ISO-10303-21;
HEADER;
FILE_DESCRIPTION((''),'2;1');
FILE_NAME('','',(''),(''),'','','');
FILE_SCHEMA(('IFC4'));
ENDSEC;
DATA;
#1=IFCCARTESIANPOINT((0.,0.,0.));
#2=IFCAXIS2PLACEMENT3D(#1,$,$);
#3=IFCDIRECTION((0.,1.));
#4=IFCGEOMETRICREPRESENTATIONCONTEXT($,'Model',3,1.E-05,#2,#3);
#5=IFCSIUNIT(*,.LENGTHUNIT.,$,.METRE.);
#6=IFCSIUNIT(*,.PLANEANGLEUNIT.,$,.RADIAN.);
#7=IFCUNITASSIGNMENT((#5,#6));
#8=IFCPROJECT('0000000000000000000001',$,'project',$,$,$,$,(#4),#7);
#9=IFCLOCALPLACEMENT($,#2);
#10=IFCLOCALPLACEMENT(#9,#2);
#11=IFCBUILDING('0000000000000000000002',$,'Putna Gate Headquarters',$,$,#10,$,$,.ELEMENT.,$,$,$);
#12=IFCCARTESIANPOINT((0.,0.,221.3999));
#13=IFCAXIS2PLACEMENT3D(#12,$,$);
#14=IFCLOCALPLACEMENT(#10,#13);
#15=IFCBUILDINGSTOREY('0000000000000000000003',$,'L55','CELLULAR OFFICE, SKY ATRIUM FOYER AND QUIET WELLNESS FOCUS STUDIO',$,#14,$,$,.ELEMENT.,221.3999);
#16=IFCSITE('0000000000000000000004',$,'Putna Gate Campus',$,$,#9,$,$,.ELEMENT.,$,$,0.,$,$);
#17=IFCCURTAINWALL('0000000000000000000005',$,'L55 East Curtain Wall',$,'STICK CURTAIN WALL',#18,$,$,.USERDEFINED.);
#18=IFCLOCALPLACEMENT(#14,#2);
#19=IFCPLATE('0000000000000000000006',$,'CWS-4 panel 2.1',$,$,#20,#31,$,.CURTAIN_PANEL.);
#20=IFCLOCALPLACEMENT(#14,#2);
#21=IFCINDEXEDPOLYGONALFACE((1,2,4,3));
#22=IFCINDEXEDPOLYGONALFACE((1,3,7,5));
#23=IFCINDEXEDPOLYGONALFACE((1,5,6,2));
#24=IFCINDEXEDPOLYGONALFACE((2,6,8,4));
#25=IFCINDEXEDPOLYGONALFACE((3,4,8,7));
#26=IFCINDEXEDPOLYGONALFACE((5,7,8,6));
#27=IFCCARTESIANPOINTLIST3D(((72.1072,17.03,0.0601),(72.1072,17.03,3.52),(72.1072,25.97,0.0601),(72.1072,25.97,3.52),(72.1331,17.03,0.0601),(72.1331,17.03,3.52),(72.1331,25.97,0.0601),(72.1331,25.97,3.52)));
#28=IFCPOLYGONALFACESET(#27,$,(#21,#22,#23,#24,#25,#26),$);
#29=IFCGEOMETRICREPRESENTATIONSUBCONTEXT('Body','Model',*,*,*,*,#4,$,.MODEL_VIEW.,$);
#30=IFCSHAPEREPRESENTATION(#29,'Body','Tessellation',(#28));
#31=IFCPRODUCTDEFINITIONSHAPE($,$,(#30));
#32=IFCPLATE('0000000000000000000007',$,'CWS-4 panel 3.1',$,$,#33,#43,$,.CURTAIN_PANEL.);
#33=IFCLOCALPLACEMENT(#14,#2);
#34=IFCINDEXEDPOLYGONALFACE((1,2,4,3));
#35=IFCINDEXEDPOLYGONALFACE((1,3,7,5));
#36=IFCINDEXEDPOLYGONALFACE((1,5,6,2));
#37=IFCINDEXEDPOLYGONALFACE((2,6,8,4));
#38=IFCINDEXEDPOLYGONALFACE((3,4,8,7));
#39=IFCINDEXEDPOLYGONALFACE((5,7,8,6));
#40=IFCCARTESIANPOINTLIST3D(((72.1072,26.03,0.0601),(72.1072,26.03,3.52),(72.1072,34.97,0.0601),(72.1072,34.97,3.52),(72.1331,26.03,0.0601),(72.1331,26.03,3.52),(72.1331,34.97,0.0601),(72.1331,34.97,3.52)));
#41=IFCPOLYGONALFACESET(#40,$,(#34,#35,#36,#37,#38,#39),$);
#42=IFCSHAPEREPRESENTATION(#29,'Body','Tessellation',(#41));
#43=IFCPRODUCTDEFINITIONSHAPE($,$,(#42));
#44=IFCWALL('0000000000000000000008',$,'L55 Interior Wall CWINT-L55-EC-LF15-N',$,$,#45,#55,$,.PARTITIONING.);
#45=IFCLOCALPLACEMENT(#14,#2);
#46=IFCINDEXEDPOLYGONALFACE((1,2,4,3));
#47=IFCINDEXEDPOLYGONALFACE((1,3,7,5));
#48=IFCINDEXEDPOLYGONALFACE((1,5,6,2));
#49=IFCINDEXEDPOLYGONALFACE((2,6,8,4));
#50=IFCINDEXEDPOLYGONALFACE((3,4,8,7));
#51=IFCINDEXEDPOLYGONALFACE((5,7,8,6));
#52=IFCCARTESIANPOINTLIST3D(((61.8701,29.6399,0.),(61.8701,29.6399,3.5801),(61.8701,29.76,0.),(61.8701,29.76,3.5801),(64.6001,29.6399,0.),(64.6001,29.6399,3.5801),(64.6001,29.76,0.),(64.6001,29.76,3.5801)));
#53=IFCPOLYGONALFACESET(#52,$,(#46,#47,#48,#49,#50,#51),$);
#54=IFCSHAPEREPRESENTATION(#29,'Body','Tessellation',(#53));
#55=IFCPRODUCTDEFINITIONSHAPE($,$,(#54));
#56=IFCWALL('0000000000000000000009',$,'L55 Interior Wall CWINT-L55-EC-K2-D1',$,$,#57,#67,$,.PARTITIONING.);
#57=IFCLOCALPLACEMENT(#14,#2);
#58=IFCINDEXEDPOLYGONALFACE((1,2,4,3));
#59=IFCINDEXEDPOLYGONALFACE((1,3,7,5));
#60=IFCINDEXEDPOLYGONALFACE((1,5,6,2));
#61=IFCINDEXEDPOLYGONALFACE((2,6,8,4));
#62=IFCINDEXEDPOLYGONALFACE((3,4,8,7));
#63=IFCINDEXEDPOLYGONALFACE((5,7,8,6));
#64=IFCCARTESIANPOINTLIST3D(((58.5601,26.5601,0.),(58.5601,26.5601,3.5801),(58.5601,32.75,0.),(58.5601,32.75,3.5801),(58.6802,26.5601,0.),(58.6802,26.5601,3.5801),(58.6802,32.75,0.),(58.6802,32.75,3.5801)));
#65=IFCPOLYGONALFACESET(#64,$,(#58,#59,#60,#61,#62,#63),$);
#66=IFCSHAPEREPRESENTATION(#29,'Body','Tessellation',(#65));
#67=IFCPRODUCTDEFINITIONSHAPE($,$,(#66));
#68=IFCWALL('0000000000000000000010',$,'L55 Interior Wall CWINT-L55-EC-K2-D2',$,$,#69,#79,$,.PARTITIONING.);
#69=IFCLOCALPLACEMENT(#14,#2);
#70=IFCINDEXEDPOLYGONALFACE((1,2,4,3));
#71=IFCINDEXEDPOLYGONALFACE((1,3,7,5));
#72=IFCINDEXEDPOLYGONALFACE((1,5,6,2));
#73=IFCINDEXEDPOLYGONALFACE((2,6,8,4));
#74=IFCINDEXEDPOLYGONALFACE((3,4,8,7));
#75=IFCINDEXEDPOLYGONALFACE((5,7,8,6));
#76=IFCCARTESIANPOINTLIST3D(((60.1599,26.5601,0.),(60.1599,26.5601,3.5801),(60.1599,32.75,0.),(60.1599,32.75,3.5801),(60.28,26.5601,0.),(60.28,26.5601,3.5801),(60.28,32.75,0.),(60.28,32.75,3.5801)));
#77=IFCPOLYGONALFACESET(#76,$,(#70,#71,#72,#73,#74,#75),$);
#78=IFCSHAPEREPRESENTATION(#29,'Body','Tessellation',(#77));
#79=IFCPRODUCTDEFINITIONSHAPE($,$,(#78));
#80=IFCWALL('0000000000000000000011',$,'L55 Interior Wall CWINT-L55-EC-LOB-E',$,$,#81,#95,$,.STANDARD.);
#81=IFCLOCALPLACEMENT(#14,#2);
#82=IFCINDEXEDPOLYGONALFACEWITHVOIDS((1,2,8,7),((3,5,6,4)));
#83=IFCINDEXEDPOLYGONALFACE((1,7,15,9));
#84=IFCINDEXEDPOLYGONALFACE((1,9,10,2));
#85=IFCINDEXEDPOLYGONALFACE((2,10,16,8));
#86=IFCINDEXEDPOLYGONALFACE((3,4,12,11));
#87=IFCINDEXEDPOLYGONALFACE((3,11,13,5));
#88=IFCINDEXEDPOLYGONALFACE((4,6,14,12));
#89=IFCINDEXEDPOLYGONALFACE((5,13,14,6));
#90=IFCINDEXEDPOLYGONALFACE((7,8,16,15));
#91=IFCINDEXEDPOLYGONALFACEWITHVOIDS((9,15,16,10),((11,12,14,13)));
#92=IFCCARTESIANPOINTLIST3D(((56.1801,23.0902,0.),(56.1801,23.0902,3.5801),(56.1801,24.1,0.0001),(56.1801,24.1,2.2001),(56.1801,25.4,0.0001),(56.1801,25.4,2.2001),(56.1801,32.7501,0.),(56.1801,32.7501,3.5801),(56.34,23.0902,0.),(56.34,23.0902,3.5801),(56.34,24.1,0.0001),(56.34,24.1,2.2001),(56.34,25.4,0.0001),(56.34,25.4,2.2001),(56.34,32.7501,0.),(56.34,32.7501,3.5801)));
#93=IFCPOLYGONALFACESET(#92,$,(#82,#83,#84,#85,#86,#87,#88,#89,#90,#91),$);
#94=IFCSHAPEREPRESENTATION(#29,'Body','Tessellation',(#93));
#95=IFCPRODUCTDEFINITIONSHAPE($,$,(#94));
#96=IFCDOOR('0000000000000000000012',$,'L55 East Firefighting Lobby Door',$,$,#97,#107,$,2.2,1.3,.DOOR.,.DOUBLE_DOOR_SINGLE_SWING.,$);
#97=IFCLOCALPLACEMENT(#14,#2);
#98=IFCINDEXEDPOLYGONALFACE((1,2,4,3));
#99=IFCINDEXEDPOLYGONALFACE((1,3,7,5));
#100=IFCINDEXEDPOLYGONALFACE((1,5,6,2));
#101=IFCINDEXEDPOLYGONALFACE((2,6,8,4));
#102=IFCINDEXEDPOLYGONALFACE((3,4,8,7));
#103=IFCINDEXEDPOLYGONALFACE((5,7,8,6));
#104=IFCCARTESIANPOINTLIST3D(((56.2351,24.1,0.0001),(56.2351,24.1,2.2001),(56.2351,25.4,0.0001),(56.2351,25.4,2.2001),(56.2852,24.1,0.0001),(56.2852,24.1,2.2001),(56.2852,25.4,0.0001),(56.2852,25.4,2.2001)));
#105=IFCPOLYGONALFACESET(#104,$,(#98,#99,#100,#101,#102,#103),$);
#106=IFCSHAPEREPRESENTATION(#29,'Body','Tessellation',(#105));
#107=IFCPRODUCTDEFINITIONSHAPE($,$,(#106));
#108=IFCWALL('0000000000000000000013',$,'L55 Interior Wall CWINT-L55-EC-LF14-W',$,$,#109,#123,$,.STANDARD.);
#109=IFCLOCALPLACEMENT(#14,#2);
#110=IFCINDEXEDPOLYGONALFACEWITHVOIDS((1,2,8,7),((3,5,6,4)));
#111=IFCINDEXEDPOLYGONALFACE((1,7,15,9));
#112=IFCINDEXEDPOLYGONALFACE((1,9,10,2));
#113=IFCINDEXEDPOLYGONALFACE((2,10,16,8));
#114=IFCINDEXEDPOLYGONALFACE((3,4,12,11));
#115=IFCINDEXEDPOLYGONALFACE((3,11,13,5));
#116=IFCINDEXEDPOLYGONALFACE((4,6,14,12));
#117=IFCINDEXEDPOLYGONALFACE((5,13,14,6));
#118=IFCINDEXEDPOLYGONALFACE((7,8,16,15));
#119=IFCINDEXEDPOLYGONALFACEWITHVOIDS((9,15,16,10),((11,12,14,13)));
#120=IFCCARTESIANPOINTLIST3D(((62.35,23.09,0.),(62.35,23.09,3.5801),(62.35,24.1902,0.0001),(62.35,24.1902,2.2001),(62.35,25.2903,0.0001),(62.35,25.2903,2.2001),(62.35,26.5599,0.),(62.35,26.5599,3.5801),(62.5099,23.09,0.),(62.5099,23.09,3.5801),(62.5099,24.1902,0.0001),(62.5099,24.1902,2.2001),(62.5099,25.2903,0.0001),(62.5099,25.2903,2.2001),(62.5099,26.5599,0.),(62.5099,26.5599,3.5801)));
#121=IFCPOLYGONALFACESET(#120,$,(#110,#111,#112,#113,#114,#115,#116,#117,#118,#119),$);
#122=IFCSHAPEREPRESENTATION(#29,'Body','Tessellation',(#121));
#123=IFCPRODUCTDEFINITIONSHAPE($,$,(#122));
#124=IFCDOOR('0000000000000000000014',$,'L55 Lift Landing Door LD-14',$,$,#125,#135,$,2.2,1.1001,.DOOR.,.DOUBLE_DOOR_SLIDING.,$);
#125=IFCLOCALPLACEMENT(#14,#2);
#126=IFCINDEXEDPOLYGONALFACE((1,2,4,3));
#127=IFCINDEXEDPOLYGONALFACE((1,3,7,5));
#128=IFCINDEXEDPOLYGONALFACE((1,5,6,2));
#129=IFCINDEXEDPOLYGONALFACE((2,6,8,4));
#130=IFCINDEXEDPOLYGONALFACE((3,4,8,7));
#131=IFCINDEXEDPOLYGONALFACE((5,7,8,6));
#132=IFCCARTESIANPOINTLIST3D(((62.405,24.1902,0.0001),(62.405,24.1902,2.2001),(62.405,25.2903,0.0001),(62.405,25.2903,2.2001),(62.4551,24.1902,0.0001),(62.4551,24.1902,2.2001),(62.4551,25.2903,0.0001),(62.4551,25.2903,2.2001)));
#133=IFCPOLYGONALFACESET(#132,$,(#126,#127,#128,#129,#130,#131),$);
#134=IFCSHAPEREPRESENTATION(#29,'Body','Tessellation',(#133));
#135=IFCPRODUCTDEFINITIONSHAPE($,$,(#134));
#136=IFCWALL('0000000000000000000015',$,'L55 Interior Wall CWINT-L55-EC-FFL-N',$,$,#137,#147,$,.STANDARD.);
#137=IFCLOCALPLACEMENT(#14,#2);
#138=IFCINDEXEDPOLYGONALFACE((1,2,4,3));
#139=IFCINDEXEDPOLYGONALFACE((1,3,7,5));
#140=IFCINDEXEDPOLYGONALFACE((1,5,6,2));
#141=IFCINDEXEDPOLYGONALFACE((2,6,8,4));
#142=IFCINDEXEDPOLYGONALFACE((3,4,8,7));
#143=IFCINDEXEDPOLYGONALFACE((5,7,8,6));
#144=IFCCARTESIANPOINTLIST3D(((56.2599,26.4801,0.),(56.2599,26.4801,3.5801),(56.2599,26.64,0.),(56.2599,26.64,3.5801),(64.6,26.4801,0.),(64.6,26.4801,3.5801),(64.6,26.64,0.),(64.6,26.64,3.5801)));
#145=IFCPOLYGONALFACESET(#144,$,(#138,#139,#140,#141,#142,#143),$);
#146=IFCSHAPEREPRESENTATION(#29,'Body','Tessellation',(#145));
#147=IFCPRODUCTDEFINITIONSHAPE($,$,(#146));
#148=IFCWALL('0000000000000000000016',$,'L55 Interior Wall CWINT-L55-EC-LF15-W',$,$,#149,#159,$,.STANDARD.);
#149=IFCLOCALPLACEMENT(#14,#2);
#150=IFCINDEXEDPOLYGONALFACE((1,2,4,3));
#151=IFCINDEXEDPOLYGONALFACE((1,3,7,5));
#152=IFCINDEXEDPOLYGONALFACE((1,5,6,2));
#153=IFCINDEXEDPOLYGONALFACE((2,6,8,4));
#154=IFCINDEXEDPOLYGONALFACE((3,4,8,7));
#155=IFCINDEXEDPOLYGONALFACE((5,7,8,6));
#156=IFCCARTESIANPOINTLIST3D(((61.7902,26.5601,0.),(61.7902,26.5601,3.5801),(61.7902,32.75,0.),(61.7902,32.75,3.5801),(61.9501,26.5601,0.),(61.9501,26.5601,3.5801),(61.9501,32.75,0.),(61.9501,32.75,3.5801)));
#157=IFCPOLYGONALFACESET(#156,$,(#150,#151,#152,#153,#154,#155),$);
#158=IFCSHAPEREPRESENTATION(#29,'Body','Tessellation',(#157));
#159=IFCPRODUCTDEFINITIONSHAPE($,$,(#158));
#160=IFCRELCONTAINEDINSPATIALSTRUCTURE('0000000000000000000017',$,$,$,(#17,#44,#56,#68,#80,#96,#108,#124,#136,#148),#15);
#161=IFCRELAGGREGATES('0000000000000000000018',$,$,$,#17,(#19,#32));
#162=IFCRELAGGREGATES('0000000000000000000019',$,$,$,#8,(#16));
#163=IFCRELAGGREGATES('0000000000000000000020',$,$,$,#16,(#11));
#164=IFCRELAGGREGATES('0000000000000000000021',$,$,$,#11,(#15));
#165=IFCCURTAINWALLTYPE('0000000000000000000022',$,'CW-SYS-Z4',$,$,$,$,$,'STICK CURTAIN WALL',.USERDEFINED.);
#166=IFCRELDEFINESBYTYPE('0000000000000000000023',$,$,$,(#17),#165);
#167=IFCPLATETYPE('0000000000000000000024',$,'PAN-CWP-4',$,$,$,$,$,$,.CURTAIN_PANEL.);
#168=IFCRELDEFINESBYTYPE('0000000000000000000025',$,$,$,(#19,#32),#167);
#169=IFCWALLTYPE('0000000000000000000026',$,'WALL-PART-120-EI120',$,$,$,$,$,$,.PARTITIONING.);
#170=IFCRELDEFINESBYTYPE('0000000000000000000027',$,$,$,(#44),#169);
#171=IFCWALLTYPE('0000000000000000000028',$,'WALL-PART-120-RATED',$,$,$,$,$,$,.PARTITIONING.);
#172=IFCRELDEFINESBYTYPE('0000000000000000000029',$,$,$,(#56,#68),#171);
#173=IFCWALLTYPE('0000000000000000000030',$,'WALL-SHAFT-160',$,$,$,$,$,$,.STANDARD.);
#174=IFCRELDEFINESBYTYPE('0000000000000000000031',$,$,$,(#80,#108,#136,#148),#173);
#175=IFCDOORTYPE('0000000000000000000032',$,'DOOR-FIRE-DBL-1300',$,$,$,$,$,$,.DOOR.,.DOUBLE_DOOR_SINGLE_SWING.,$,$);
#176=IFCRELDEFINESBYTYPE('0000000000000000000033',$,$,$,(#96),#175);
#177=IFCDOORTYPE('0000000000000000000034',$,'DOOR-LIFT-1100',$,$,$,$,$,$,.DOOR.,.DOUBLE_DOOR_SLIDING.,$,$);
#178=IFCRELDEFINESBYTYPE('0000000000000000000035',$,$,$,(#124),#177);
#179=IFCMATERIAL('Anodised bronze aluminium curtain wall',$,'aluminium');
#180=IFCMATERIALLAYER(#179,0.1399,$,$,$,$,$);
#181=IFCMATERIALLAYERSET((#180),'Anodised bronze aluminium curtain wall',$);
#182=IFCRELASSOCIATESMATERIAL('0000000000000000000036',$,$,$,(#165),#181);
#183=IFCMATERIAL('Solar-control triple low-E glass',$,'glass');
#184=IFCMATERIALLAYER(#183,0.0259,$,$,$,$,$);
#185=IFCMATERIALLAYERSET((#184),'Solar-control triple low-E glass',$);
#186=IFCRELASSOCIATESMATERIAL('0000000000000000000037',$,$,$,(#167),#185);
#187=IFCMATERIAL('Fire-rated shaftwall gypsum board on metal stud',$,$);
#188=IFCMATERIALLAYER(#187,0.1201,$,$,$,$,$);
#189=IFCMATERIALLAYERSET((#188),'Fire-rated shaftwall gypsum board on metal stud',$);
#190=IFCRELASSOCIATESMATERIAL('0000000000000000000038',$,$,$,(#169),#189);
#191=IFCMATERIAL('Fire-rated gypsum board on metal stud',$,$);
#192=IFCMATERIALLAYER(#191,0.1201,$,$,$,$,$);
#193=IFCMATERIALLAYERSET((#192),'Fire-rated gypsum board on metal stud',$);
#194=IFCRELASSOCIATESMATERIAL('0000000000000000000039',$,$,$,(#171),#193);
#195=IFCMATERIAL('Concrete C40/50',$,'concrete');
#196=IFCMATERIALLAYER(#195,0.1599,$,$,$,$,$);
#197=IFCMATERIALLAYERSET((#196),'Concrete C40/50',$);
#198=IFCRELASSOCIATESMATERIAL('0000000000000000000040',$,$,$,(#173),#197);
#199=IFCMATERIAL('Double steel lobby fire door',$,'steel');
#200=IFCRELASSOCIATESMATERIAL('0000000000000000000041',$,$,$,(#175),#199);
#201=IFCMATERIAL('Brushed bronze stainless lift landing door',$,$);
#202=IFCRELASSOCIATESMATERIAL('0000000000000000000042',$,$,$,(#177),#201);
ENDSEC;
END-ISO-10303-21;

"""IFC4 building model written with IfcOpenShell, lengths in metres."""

from ifc_helpers import new_model, si_unit, direction, frame, frame_2d, origin, origin_2d, place, context, subcontext, project, spatial, rectangle, extrude, material, layer, layer_set, type_object, element, fill, aggregate, save


model = new_model("IFC4")

# Units and contexts
model_context = context("Model", 3, precision=1e-05, world=origin(), true_north=direction((0.0, 1.0)))
body_context = subcontext(model_context, "Body", "Model", "MODEL_VIEW")
ifc_project = project(units=[si_unit("LENGTHUNIT", "METRE"), si_unit("PLANEANGLEUNIT", "RADIAN")], contexts=[model_context])

# Site, building, storey
site_placement = place(None, origin())
site = spatial("IfcSite", under=ifc_project, at=site_placement, Name="Putna Gate Campus", CompositionType="ELEMENT", RefElevation=0.0)
building_placement = place(site_placement, origin())
building = spatial("IfcBuilding", under=site, at=building_placement, Name="Putna Gate Headquarters", CompositionType="ELEMENT")
storey_placement = place(building_placement, frame((0.0, 0.0, 221.3999)))
storey = spatial("IfcBuildingStorey", under=building, at=storey_placement, Name="L55", Description="CELLULAR OFFICE, SKY ATRIUM FOYER AND QUIET WELLNESS FOCUS STUDIO", CompositionType="ELEMENT", Elevation=221.3999)

# Curtain wall, plates
ifc_material_1 = material(Name="Anodised bronze aluminium curtain wall", Category="aluminium")
ifc_layer_1 = layer(ifc_material_1, 0.1399)
ifc_layer_set_1 = layer_set([ifc_layer_1], Name="Anodised bronze aluminium curtain wall")
curtain_wall_type = type_object("IfcCurtainWallType", Name="CW-SYS-Z4", ElementType="STICK CURTAIN WALL", PredefinedType="USERDEFINED", material=ifc_layer_set_1)
curtain_wall_placement = place(storey_placement, origin())
curtain_wall = element("IfcCurtainWall", 1, at=curtain_wall_placement, inside=storey, type_object=curtain_wall_type, Name="L55 East Curtain Wall", ObjectType="STICK CURTAIN WALL", PredefinedType="USERDEFINED")
ifc_material_2 = material(Name="Solar-control triple low-E glass", Category="glass")
ifc_layer_2 = layer(ifc_material_2, 0.0259)
ifc_layer_set_2 = layer_set([ifc_layer_2], Name="Solar-control triple low-E glass")
plate_type = type_object("IfcPlateType", Name="PAN-CWP-4", PredefinedType="CURTAIN_PANEL", material=ifc_layer_set_2)
plate_1_placement = place(storey_placement, frame((72.1201, 21.5, 0.0601), z_axis=(0.0, 0.0, 1.0), x_axis=(0.0, 1.0, 0.0)))
plate_1 = element("IfcPlate", 2, at=plate_1_placement, type_object=plate_type, Name="CWS-4 panel 2.1", PredefinedType="CURTAIN_PANEL", context=body_context, shape_type="SweptSolid", body=[
    extrude(rectangle(XDim=8.9399, YDim=0.0259, at=origin_2d()), origin(), (0.0, 0.0, 1.0), 3.46),
])
plate_2_placement = place(storey_placement, frame((72.1201, 30.5, 0.0601), z_axis=(0.0, 0.0, 1.0), x_axis=(0.0, 1.0, 0.0)))
plate_2 = element("IfcPlate", 3, at=plate_2_placement, type_object=plate_type, Name="CWS-4 panel 3.1", PredefinedType="CURTAIN_PANEL", context=body_context, shape_type="SweptSolid", body=[
    extrude(rectangle(XDim=8.9399, YDim=0.0259, at=origin_2d()), origin(), (0.0, 0.0, 1.0), 3.46),
])
aggregate(curtain_wall, [plate_1, plate_2])

# Walls
ifc_material_3 = material(Name="Fire-rated shaftwall gypsum board on metal stud")
ifc_layer_3 = layer(ifc_material_3, 0.1201)
ifc_layer_set_3 = layer_set([ifc_layer_3], Name="Fire-rated shaftwall gypsum board on metal stud")
wall_type_1 = type_object("IfcWallType", Name="WALL-PART-120-EI120", PredefinedType="PARTITIONING", material=ifc_layer_set_3)
wall_1_placement = place(storey_placement, frame((61.8701, 29.7, 0.0), z_axis=(0.0, 0.0, 1.0), x_axis=(1.0, 0.0, 0.0)))
element("IfcWall", 4, at=wall_1_placement, inside=storey, type_object=wall_type_1, Name="L55 Interior Wall CWINT-L55-EC-LF15-N", PredefinedType="PARTITIONING", context=body_context, shape_type="SweptSolid", body=[
    extrude(rectangle(XDim=2.73, YDim=0.1201, at=frame_2d((1.365, 0.0))), origin(), (0.0, 0.0, 1.0), 3.5801),
])
ifc_material_4 = material(Name="Fire-rated gypsum board on metal stud")
ifc_layer_4 = layer(ifc_material_4, 0.1201)
ifc_layer_set_4 = layer_set([ifc_layer_4], Name="Fire-rated gypsum board on metal stud")
wall_type_2 = type_object("IfcWallType", Name="WALL-PART-120-RATED", PredefinedType="PARTITIONING", material=ifc_layer_set_4)
for number, where, z_axis, x_axis, name in (
    (5, (58.6201, 26.5601, 0.0), (0.0, 0.0, 1.0), (0.0, 1.0, 0.0), "L55 Interior Wall CWINT-L55-EC-K2-D1"),
    (6, (60.22, 26.5601, 0.0), (0.0, 0.0, 1.0), (0.0, 1.0, 0.0), "L55 Interior Wall CWINT-L55-EC-K2-D2"),
):
    element("IfcWall", number, at=place(storey_placement, frame(where, z_axis=z_axis, x_axis=x_axis)), inside=storey, type_object=wall_type_2, Name=name, PredefinedType="PARTITIONING", context=body_context, shape_type="SweptSolid", body=[
        extrude(rectangle(XDim=6.1899, YDim=0.1201, at=frame_2d((3.095, 0.0))), origin(), (0.0, 0.0, 1.0), 3.5801),
    ])

# Walls, openings, doors
ifc_material_5 = material(Name="Concrete C40/50", Category="concrete")
ifc_layer_5 = layer(ifc_material_5, 0.1599)
ifc_layer_set_5 = layer_set([ifc_layer_5], Name="Concrete C40/50")
wall_type_3 = type_object("IfcWallType", Name="WALL-SHAFT-160", PredefinedType="STANDARD", material=ifc_layer_set_5)
wall_2_placement = place(storey_placement, frame((56.26, 23.0901, 0.0), z_axis=(0.0, 0.0, 1.0), x_axis=(0.0, 1.0, 0.0)))
wall_2 = element("IfcWall", 7, at=wall_2_placement, inside=storey, type_object=wall_type_3, Name="L55 Interior Wall CWINT-L55-EC-LOB-E", PredefinedType="STANDARD", context=body_context, shape_type="SweptSolid", body=[
    extrude(rectangle(XDim=9.6599, YDim=0.1599, at=frame_2d((4.8301, 0.0))), origin(), (0.0, 0.0, 1.0), 3.5801),
])
opening_1_placement = place(wall_2_placement, frame((1.01, 0.0, 0.0)))
opening_1 = element("IfcOpeningElement", 8, at=opening_1_placement, cuts=wall_2, PredefinedType="OPENING", context=body_context, shape_type="SweptSolid", body=[
    extrude(rectangle(XDim=1.3, YDim=2.2, at=frame_2d((0.6499, 1.1001))), frame((0.0, 0.0898, 0.0), z_axis=(0.0, -1.0, 0.0), x_axis=(1.0, 0.0, 0.0)), (0.0, 0.0, 1.0), 0.1799),
])
ifc_material_6 = material(Name="Double steel lobby fire door", Category="steel")
door_type_1 = type_object("IfcDoorType", Name="DOOR-FIRE-DBL-1300", OperationType="DOUBLE_DOOR_SINGLE_SWING", PredefinedType="DOOR", material=ifc_material_6)
door_1_placement = place(opening_1_placement, origin())
door_1 = element("IfcDoor", 9, at=door_1_placement, inside=storey, type_object=door_type_1, Name="L55 East Firefighting Lobby Door", OperationType="DOUBLE_DOOR_SINGLE_SWING", OverallHeight=2.2, OverallWidth=1.3, PredefinedType="DOOR", context=body_context, shape_type="SweptSolid", body=[
    extrude(rectangle(XDim=1.3, YDim=2.2, at=frame_2d((0.6499, 1.1001))), frame((0.0, 0.0249, 0.0), z_axis=(0.0, -1.0, 0.0), x_axis=(1.0, 0.0, 0.0)), (0.0, 0.0, 1.0), 0.05),
])
fill(opening_1, door_1)
wall_3_placement = place(storey_placement, frame((62.4299, 23.0901, 0.0), z_axis=(0.0, 0.0, 1.0), x_axis=(0.0, 1.0, 0.0)))
wall_3 = element("IfcWall", 10, at=wall_3_placement, inside=storey, type_object=wall_type_3, Name="L55 Interior Wall CWINT-L55-EC-LF14-W", PredefinedType="STANDARD", context=body_context, shape_type="SweptSolid", body=[
    extrude(rectangle(XDim=3.47, YDim=0.1599, at=frame_2d((1.7349, 0.0))), origin(), (0.0, 0.0, 1.0), 3.5801),
])
opening_2_placement = place(wall_3_placement, frame((1.1001, 0.0, 0.0)))
opening_2 = element("IfcOpeningElement", 11, at=opening_2_placement, cuts=wall_3, PredefinedType="OPENING", context=body_context, shape_type="SweptSolid", body=[
    extrude(rectangle(XDim=1.1001, YDim=2.2, at=frame_2d((0.55, 1.1001))), frame((0.0, 0.0898, 0.0), z_axis=(0.0, -1.0, 0.0), x_axis=(1.0, 0.0, 0.0)), (0.0, 0.0, 1.0), 0.1799),
])
ifc_material_7 = material(Name="Brushed bronze stainless lift landing door")
door_type_2 = type_object("IfcDoorType", Name="DOOR-LIFT-1100", OperationType="DOUBLE_DOOR_SLIDING", PredefinedType="DOOR", material=ifc_material_7)
door_2_placement = place(opening_2_placement, origin())
door_2 = element("IfcDoor", 12, at=door_2_placement, inside=storey, type_object=door_type_2, Name="L55 Lift Landing Door LD-14", OperationType="DOUBLE_DOOR_SLIDING", OverallHeight=2.2, OverallWidth=1.1001, PredefinedType="DOOR", context=body_context, shape_type="SweptSolid", body=[
    extrude(rectangle(XDim=1.1001, YDim=2.2, at=frame_2d((0.55, 1.1001))), frame((0.0, 0.0249, 0.0), z_axis=(0.0, -1.0, 0.0), x_axis=(1.0, 0.0, 0.0)), (0.0, 0.0, 1.0), 0.05),
])
fill(opening_2, door_2)

# Walls
wall_4_placement = place(storey_placement, frame((56.26, 26.5601, 0.0), z_axis=(0.0, 0.0, 1.0), x_axis=(1.0, 0.0, 0.0)))
element("IfcWall", 13, at=wall_4_placement, inside=storey, type_object=wall_type_3, Name="L55 Interior Wall CWINT-L55-EC-FFL-N", PredefinedType="STANDARD", context=body_context, shape_type="SweptSolid", body=[
    extrude(rectangle(XDim=8.3401, YDim=0.1599, at=frame_2d((4.1699, 0.0))), origin(), (0.0, 0.0, 1.0), 3.5801),
])
wall_5_placement = place(storey_placement, frame((61.8701, 26.5601, 0.0), z_axis=(0.0, 0.0, 1.0), x_axis=(0.0, 1.0, 0.0)))
element("IfcWall", 14, at=wall_5_placement, inside=storey, type_object=wall_type_3, Name="L55 Interior Wall CWINT-L55-EC-LF15-W", PredefinedType="STANDARD", context=body_context, shape_type="SweptSolid", body=[
    extrude(rectangle(XDim=6.1899, YDim=0.1599, at=frame_2d((3.095, 0.0))), origin(), (0.0, 0.0, 1.0), 3.5801),
])

save(model, "model.ifc")
